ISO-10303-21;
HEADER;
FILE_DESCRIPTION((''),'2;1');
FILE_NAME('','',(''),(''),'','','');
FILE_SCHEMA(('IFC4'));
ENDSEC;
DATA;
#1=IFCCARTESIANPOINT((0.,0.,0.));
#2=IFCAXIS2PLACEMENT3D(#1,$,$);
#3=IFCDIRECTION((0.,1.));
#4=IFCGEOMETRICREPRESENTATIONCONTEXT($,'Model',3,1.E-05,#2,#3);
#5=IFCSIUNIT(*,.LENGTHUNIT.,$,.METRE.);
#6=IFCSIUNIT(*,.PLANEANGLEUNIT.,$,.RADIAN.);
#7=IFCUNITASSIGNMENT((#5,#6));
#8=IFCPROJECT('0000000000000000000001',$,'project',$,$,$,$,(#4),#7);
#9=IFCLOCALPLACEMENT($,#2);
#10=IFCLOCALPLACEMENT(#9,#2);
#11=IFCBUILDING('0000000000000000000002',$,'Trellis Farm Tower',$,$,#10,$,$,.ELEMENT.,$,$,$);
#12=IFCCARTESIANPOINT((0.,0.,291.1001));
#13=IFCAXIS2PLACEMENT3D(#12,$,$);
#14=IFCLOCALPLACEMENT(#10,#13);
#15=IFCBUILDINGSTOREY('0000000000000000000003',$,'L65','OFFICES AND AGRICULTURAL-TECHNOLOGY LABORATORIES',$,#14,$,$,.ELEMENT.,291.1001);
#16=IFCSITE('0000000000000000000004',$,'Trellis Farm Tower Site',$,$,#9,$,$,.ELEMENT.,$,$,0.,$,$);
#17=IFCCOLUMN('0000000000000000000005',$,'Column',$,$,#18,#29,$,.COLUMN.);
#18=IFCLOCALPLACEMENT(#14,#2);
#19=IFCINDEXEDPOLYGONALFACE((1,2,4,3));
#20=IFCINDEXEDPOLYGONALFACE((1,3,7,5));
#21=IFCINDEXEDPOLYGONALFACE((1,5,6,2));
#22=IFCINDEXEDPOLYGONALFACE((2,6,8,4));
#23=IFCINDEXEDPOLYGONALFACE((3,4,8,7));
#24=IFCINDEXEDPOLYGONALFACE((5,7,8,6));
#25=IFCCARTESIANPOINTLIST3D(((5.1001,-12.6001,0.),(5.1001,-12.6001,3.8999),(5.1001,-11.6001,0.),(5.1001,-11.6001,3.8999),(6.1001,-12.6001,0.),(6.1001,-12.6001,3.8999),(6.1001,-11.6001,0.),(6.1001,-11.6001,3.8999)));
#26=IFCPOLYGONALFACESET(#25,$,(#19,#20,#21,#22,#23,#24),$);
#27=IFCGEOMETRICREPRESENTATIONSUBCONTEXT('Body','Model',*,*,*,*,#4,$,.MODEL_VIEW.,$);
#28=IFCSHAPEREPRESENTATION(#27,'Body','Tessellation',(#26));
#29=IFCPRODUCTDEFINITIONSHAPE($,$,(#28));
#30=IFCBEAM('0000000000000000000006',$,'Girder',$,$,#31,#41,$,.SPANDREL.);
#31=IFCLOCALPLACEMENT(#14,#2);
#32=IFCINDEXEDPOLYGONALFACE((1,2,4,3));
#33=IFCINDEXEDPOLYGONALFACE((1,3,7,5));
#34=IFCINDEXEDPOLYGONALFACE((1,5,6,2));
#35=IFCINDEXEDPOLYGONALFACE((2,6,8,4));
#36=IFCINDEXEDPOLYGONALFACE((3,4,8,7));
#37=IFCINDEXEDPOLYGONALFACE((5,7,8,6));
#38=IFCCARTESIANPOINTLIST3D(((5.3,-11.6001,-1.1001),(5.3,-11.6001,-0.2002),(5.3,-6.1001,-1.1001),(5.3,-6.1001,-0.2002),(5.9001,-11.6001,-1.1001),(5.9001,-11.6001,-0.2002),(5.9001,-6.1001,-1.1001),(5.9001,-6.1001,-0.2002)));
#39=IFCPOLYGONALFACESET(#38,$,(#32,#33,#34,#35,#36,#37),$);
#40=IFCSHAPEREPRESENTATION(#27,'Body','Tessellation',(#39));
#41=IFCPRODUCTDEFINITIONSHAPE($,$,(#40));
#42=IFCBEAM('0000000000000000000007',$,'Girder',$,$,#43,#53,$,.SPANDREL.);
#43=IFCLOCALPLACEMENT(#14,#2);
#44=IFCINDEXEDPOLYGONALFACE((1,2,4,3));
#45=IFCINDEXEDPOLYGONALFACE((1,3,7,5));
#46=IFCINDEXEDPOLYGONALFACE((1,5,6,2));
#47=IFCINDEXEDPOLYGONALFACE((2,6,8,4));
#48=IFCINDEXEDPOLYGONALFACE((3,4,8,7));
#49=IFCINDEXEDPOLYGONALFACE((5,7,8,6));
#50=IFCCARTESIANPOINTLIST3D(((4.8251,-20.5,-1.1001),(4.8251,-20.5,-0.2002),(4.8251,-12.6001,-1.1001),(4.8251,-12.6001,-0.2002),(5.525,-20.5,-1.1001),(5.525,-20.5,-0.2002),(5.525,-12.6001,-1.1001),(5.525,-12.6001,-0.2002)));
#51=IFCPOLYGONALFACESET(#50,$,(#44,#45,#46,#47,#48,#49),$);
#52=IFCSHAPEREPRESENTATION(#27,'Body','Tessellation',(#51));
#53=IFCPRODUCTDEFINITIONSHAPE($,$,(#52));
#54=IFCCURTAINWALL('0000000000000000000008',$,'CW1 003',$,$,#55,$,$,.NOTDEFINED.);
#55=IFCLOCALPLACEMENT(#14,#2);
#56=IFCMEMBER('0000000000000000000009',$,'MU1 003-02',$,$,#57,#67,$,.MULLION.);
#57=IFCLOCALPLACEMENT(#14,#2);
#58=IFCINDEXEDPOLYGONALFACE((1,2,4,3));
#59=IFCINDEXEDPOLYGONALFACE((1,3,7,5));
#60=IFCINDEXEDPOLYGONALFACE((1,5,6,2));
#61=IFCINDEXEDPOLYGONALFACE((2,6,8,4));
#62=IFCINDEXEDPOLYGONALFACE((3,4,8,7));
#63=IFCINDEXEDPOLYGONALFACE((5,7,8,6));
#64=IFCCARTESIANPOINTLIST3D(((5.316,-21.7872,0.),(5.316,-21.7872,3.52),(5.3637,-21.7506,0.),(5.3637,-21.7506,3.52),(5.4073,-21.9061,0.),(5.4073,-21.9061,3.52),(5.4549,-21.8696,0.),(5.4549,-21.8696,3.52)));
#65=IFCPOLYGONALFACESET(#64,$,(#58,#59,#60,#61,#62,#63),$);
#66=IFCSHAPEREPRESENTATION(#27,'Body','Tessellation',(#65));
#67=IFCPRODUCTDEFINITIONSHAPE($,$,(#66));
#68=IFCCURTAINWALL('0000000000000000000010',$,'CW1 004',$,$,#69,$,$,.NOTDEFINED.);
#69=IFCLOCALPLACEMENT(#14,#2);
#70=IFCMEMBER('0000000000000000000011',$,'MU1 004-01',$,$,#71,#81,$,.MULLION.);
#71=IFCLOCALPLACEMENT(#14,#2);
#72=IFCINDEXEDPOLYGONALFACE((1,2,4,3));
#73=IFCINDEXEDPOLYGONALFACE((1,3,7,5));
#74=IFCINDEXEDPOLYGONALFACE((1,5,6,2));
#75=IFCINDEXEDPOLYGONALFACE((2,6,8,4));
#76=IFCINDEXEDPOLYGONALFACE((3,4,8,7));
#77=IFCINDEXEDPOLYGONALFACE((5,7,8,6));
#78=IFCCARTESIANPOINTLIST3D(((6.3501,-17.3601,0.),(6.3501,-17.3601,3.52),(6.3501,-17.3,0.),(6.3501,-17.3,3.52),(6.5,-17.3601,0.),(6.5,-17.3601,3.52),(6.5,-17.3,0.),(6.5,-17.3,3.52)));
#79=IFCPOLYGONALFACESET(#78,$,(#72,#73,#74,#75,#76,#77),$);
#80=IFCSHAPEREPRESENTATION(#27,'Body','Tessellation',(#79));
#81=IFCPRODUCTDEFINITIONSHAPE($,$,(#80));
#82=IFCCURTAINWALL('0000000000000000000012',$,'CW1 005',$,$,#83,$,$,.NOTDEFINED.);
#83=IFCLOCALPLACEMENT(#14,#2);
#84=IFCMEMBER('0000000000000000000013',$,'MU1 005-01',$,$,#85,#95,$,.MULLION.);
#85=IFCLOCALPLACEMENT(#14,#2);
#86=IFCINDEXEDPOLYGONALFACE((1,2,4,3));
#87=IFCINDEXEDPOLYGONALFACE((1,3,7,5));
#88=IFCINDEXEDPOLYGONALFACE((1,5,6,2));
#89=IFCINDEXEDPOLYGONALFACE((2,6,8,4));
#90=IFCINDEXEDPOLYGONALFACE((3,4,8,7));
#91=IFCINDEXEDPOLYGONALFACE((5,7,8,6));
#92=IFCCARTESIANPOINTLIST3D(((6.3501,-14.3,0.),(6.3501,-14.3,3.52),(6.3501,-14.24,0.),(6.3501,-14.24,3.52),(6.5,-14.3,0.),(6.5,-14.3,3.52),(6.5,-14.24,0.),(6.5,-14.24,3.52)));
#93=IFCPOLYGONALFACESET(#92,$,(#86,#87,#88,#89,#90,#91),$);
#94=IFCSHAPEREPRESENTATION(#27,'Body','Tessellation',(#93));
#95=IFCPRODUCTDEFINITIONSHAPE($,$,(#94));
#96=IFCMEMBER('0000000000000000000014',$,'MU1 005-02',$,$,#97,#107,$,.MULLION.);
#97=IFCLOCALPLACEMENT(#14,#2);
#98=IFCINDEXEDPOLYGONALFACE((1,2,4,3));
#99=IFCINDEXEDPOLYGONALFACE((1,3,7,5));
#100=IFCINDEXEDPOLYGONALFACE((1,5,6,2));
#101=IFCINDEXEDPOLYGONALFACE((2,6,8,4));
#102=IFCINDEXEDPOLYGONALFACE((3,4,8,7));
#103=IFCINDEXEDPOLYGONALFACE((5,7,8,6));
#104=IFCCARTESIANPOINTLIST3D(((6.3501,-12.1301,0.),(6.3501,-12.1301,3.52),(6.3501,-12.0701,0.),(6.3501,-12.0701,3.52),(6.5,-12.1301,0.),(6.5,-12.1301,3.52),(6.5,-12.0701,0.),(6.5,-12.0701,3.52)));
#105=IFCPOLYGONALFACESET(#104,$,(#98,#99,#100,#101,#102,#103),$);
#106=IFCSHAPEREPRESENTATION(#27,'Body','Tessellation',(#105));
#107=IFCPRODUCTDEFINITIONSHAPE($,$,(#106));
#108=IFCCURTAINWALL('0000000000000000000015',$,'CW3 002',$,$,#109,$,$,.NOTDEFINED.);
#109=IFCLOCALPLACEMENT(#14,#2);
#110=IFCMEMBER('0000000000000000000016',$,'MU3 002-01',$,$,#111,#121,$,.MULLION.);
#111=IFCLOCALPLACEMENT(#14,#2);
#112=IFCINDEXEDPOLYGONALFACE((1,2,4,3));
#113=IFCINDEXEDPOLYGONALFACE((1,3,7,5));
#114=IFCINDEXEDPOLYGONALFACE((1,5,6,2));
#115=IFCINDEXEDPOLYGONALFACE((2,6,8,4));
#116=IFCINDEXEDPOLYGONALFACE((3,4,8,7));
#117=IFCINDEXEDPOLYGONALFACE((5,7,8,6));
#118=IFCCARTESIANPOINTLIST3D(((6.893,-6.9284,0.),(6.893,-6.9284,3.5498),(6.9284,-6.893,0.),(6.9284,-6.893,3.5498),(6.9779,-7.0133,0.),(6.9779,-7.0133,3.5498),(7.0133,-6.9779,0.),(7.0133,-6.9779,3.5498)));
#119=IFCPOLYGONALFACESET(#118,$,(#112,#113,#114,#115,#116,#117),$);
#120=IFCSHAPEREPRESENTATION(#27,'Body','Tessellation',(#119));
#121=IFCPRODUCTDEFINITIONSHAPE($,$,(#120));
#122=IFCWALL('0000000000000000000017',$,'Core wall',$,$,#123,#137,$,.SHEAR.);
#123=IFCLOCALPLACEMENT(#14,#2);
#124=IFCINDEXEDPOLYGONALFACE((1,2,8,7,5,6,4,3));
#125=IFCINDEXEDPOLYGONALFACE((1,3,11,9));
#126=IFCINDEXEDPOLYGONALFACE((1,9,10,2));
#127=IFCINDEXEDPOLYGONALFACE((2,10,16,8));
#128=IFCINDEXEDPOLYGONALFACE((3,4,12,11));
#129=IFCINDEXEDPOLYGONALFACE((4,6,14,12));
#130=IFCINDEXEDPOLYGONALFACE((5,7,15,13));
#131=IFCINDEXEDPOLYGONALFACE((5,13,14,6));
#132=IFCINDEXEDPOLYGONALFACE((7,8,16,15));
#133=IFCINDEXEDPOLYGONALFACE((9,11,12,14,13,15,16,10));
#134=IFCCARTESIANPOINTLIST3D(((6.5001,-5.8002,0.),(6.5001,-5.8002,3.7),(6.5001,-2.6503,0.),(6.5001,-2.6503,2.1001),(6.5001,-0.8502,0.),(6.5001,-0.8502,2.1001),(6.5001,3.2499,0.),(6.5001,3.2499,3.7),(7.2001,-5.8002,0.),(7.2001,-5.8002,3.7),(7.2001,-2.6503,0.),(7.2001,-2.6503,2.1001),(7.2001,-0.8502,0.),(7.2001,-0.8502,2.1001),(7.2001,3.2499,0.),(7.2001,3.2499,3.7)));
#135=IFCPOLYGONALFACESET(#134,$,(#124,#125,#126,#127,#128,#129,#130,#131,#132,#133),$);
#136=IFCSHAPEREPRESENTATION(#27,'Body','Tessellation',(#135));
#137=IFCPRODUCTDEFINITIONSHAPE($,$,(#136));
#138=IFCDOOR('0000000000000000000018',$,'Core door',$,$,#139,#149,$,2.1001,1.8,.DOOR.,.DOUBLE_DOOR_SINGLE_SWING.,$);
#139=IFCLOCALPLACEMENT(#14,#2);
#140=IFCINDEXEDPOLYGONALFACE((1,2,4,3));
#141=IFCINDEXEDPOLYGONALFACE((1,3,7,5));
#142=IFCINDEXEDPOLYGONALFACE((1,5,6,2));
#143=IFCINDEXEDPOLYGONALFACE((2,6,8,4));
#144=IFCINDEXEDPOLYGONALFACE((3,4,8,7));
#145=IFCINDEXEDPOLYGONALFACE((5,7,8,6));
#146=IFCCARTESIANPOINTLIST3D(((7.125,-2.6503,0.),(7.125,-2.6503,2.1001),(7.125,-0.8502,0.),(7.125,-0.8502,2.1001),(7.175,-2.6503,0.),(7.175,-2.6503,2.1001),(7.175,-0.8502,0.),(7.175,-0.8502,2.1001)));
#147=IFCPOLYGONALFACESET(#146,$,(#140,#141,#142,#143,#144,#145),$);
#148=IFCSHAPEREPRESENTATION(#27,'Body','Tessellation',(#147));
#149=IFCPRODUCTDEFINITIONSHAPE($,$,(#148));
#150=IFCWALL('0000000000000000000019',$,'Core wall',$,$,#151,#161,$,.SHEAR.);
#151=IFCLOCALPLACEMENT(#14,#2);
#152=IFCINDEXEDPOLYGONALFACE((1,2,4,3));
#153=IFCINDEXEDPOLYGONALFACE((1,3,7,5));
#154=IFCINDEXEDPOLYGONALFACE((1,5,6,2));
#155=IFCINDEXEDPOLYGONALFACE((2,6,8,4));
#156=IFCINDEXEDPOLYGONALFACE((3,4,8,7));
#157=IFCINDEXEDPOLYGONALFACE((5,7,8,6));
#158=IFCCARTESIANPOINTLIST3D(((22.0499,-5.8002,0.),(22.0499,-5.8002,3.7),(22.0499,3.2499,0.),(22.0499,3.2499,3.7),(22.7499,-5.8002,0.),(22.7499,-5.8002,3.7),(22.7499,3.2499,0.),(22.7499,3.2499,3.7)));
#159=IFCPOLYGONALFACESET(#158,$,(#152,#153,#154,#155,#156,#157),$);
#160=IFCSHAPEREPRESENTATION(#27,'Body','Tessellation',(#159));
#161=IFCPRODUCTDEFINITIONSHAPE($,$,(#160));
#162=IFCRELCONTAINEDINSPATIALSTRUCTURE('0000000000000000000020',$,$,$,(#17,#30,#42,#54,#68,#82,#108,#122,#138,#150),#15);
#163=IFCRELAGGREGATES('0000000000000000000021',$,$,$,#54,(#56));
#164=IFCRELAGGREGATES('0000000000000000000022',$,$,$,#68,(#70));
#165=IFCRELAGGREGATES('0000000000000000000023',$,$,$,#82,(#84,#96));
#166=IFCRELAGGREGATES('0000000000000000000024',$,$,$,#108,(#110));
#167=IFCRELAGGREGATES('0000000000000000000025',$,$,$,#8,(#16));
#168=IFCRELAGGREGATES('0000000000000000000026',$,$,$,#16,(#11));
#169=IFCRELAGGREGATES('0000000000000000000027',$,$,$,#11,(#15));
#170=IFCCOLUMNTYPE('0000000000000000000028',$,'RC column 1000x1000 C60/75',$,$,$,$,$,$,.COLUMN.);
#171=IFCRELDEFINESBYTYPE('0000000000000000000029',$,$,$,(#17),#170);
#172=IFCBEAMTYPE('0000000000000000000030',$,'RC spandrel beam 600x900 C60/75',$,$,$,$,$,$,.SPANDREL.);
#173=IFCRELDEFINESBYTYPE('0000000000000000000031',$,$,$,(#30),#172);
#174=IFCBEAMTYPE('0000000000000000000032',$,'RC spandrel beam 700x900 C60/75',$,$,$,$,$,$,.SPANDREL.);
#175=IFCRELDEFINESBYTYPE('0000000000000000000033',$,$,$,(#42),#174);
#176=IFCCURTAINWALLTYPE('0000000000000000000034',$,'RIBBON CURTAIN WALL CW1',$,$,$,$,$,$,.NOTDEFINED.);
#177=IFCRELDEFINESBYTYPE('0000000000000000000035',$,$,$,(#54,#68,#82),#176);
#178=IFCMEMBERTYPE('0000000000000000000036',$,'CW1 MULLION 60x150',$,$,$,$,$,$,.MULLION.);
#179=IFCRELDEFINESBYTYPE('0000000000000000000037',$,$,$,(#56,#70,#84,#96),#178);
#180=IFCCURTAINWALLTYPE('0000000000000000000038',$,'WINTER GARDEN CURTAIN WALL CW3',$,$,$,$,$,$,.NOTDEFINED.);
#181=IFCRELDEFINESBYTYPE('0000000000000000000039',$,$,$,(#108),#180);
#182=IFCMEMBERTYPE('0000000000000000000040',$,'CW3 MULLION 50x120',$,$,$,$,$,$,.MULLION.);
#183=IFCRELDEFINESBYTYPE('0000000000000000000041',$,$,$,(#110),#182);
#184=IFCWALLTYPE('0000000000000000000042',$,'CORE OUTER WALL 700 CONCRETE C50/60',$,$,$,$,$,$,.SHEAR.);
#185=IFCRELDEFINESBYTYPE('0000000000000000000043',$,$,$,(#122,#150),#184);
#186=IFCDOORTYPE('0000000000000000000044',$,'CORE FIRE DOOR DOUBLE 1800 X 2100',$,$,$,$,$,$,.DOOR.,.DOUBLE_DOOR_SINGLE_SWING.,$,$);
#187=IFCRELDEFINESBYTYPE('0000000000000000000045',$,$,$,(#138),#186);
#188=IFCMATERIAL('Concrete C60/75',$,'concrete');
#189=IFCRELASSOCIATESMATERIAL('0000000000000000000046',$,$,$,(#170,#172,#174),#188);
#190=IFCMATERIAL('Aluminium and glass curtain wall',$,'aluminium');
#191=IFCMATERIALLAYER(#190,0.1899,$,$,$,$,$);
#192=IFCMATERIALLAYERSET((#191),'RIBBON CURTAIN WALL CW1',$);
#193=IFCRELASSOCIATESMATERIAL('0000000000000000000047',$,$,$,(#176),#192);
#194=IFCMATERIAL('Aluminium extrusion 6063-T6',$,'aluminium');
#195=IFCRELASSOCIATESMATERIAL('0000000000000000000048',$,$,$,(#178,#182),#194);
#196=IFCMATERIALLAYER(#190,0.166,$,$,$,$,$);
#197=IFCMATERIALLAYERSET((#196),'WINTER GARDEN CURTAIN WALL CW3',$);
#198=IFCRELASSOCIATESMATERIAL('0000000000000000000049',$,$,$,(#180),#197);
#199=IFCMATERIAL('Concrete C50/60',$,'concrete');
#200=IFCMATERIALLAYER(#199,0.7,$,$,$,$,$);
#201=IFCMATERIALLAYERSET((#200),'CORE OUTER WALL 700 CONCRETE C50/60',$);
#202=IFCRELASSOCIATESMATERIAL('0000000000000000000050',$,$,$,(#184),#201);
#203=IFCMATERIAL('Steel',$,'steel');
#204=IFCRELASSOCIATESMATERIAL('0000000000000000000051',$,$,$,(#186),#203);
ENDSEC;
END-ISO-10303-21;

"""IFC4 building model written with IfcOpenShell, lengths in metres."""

from ifc_helpers import new_model, si_unit, direction, frame, frame_2d, origin, origin_2d, place, context, subcontext, project, spatial, rectangle, extrude, source, transform, mapped, material, layer, layer_set, material_profile, profile_set, type_object, element, fill, aggregate, save


model = new_model("IFC4")

# Units and contexts
model_context = context("Model", 3, precision=1e-05, world=origin(), true_north=direction((0.0, 1.0)))
body_context = subcontext(model_context, "Body", "Model", "MODEL_VIEW")
ifc_project = project(units=[si_unit("LENGTHUNIT", "METRE"), si_unit("PLANEANGLEUNIT", "RADIAN")], contexts=[model_context])

# Site, building, storey
site_placement = place(None, origin())
site = spatial("IfcSite", under=ifc_project, at=site_placement, Name="Trellis Farm Tower Site", CompositionType="ELEMENT", RefElevation=0.0)
building_placement = place(site_placement, origin())
building = spatial("IfcBuilding", under=site, at=building_placement, Name="Trellis Farm Tower", CompositionType="ELEMENT")
storey_placement = place(building_placement, frame((0.0, 0.0, 291.1001)))
storey = spatial("IfcBuildingStorey", under=building, at=storey_placement, Name="L65", Description="OFFICES AND AGRICULTURAL-TECHNOLOGY LABORATORIES", CompositionType="ELEMENT", Elevation=291.1001)

# Column
ifc_material_1 = material(Name="Concrete C60/75", Category="concrete")
ifc_material_profile_1 = material_profile(ifc_material_1, rectangle(XDim=1.0, YDim=1.0, at=origin_2d()), Name="RC column 1000x1000 C60/75")
ifc_profile_set_1 = profile_set([ifc_material_profile_1], Name="Concrete C60/75")
column_type = type_object("IfcColumnType", Name="RC column 1000x1000 C60/75", PredefinedType="COLUMN", material=ifc_profile_set_1)
shared_shape_1 = source(origin(), body_context, "Body", "SweptSolid", [
    extrude(rectangle(XDim=1.0, YDim=1.0, at=origin_2d()), origin(), (0.0, 0.0, 1.0), 3.8999),
])
column_placement = place(storey_placement, frame((5.6001, -12.1001, 0.0), z_axis=(0.0, 0.0, 1.0), x_axis=(1.0, 0.0, 0.0)))
element("IfcColumn", 1, at=column_placement, inside=storey, type_object=column_type, Name="Column", PredefinedType="COLUMN", context=body_context, shape_type="MappedRepresentation", body=[
    mapped(shared_shape_1, transform((0.0, 0.0, 0.0))),
])

# Beams
ifc_material_profile_2 = material_profile(ifc_material_1, rectangle(XDim=0.6001, YDim=0.8999, at=origin_2d()), Name="RC spandrel beam 600x900 C60/75")
ifc_profile_set_2 = profile_set([ifc_material_profile_2], Name="Concrete C60/75")
beam_type_1 = type_object("IfcBeamType", Name="RC spandrel beam 600x900 C60/75", PredefinedType="SPANDREL", material=ifc_profile_set_2)
shared_shape_2 = source(origin(), body_context, "Body", "SweptSolid", [
    extrude(rectangle(XDim=0.6001, YDim=0.8999, at=origin_2d()), origin(), (0.0, 0.0, 1.0), 5.5),
])
beam_1_placement = place(storey_placement, frame((5.6001, -11.6001, -0.6501), z_axis=(0.0, 1.0, 0.0), x_axis=(-1.0, 0.0, 0.0)))
element("IfcBeam", 2, at=beam_1_placement, inside=storey, type_object=beam_type_1, Name="Girder", PredefinedType="SPANDREL", context=body_context, shape_type="MappedRepresentation", body=[
    mapped(shared_shape_2, transform((0.0, 0.0, 0.0))),
])
ifc_material_profile_3 = material_profile(ifc_material_1, rectangle(XDim=0.7, YDim=0.8999, at=origin_2d()), Name="RC spandrel beam 700x900 C60/75")
ifc_profile_set_3 = profile_set([ifc_material_profile_3], Name="Concrete C60/75")
beam_type_2 = type_object("IfcBeamType", Name="RC spandrel beam 700x900 C60/75", PredefinedType="SPANDREL", material=ifc_profile_set_3)
shared_shape_3 = source(origin(), body_context, "Body", "SweptSolid", [
    extrude(rectangle(XDim=0.7, YDim=0.8999, at=origin_2d()), origin(), (0.0, 0.0, 1.0), 7.8999),
])
beam_2_placement = place(storey_placement, frame((5.175, -20.5, -0.6501), z_axis=(0.0, 1.0, 0.0), x_axis=(-1.0, 0.0, 0.0)))
element("IfcBeam", 3, at=beam_2_placement, inside=storey, type_object=beam_type_2, Name="Girder", PredefinedType="SPANDREL", context=body_context, shape_type="MappedRepresentation", body=[
    mapped(shared_shape_3, transform((0.0, 0.0, 0.0))),
])

# Curtain walls, members
ifc_material_2 = material(Name="Aluminium and glass curtain wall", Category="aluminium")
ifc_layer_1 = layer(ifc_material_2, 0.1899)
ifc_layer_set_1 = layer_set([ifc_layer_1], Name="RIBBON CURTAIN WALL CW1")
curtain_wall_type_1 = type_object("IfcCurtainWallType", Name="RIBBON CURTAIN WALL CW1", PredefinedType="NOTDEFINED", material=ifc_layer_set_1)
placement = place(storey_placement, origin())
curtain_wall_1 = element("IfcCurtainWall", 4, at=placement, inside=storey, type_object=curtain_wall_type_1, Name="CW1 003", PredefinedType="NOTDEFINED")
ifc_material_3 = material(Name="Aluminium extrusion 6063-T6", Category="aluminium")
ifc_material_profile_4 = material_profile(ifc_material_3, rectangle(XDim=0.0601, YDim=0.1499, at=origin_2d()), Name="MULLION 60x150")
ifc_profile_set_4 = profile_set([ifc_material_profile_4], Name="Aluminium extrusion 6063-T6")
member_type_1 = type_object("IfcMemberType", Name="CW1 MULLION 60x150", PredefinedType="MULLION", material=ifc_profile_set_4)
shared_shape_4 = source(origin(), body_context, "Body", "SweptSolid", [
    extrude(rectangle(XDim=0.0601, YDim=0.1499, at=origin_2d()), origin(), (0.0, 0.0, 1.0), 3.52),
])
member_1_placement = place(storey_placement, frame((5.3855, -21.8284, 0.0), z_axis=(0.0, 0.0, 1.0), x_axis=(0.793353, 0.608761, 0.0)))
member_1 = element("IfcMember", 5, at=member_1_placement, type_object=member_type_1, Name="MU1 003-02", PredefinedType="MULLION", context=body_context, shape_type="MappedRepresentation", body=[
    mapped(shared_shape_4, transform((0.0, 0.0, 0.0))),
])
aggregate(curtain_wall_1, [member_1])
curtain_wall_2 = element("IfcCurtainWall", 6, at=placement, inside=storey, type_object=curtain_wall_type_1, Name="CW1 004", PredefinedType="NOTDEFINED")
member_2_placement = place(storey_placement, frame((6.425, -17.3301, 0.0), z_axis=(0.0, 0.0, 1.0), x_axis=(0.0, 1.0, 0.0)))
member_2 = element("IfcMember", 7, at=member_2_placement, type_object=member_type_1, Name="MU1 004-01", PredefinedType="MULLION", context=body_context, shape_type="MappedRepresentation", body=[
    mapped(shared_shape_4, transform((0.0, 0.0, 0.0))),
])
aggregate(curtain_wall_2, [member_2])

# Curtain wall, members
curtain_wall_3 = element("IfcCurtainWall", 8, at=placement, inside=storey, type_object=curtain_wall_type_1, Name="CW1 005", PredefinedType="NOTDEFINED")
member_3_placement = place(storey_placement, frame((6.425, -14.27, 0.0), z_axis=(0.0, 0.0, 1.0), x_axis=(0.0, 1.0, 0.0)))
member_3 = element("IfcMember", 9, at=member_3_placement, type_object=member_type_1, Name="MU1 005-01", PredefinedType="MULLION", context=body_context, shape_type="MappedRepresentation", body=[
    mapped(shared_shape_4, transform((0.0, 0.0, 0.0))),
])
member_4_placement = place(storey_placement, frame((6.425, -12.1001, 0.0), z_axis=(0.0, 0.0, 1.0), x_axis=(0.0, 1.0, 0.0)))
member_4 = element("IfcMember", 10, at=member_4_placement, type_object=member_type_1, Name="MU1 005-02", PredefinedType="MULLION", context=body_context, shape_type="MappedRepresentation", body=[
    mapped(shared_shape_4, transform((0.0, 0.0, 0.0))),
])
aggregate(curtain_wall_3, [member_3, member_4])

# Curtain wall, member
ifc_layer_2 = layer(ifc_material_2, 0.166)
ifc_layer_set_2 = layer_set([ifc_layer_2], Name="WINTER GARDEN CURTAIN WALL CW3")
curtain_wall_type_2 = type_object("IfcCurtainWallType", Name="WINTER GARDEN CURTAIN WALL CW3", PredefinedType="NOTDEFINED", material=ifc_layer_set_2)
curtain_wall_4 = element("IfcCurtainWall", 11, at=placement, inside=storey, type_object=curtain_wall_type_2, Name="CW3 002", PredefinedType="NOTDEFINED")
ifc_material_profile_5 = material_profile(ifc_material_3, rectangle(XDim=0.05, YDim=0.1201, at=origin_2d()), Name="MULLION 50x120")
ifc_profile_set_5 = profile_set([ifc_material_profile_5], Name="Aluminium extrusion 6063-T6")
member_type_2 = type_object("IfcMemberType", Name="CW3 MULLION 50x120", PredefinedType="MULLION", material=ifc_profile_set_5)
shared_shape_5 = source(origin(), body_context, "Body", "SweptSolid", [
    extrude(rectangle(XDim=0.05, YDim=0.1201, at=origin_2d()), origin(), (0.0, 0.0, 1.0), 3.5498),
])
member_5_placement = place(storey_placement, frame((6.9531, -6.9531, 0.0), z_axis=(0.0, 0.0, 1.0), x_axis=(0.707107, 0.707107, 0.0)))
member_5 = element("IfcMember", 12, at=member_5_placement, type_object=member_type_2, Name="MU3 002-01", PredefinedType="MULLION", context=body_context, shape_type="MappedRepresentation", body=[
    mapped(shared_shape_5, transform((0.0, 0.0, 0.0))),
])
aggregate(curtain_wall_4, [member_5])

# Wall, opening, door
ifc_material_4 = material(Name="Concrete C50/60", Category="concrete")
ifc_layer_3 = layer(ifc_material_4, 0.7)
ifc_layer_set_3 = layer_set([ifc_layer_3], Name="CORE OUTER WALL 700 CONCRETE C50/60")
wall_type_1 = type_object("IfcWallType", Name="CORE OUTER WALL 700 CONCRETE C50/60", PredefinedType="SHEAR", material=ifc_layer_set_3)
shared_shape_6 = source(origin(), body_context, "Body", "SweptSolid", [
    extrude(rectangle(XDim=9.05, YDim=0.7, at=frame_2d((4.5249, 0.0))), origin(), (0.0, 0.0, 1.0), 3.7),
])
wall_1_placement = place(storey_placement, frame((6.8501, -5.8, 0.0), z_axis=(0.0, 0.0, 1.0), x_axis=(0.0, 1.0, 0.0)))
wall_1 = element("IfcWall", 13, at=wall_1_placement, inside=storey, type_object=wall_type_1, Name="Core wall", PredefinedType="SHEAR", context=body_context, shape_type="MappedRepresentation", body=[
    mapped(shared_shape_6, transform((0.0, 0.0, 0.0))),
])
shared_shape_7 = source(origin(), body_context, "Body", "SweptSolid", [
    extrude(rectangle(XDim=1.8, YDim=2.1001, at=frame_2d((0.8999, 1.05))), frame((0.0, 0.3601, 0.0), z_axis=(0.0, -1.0, 0.0), x_axis=(1.0, 0.0, 0.0)), (0.0, 0.0, 1.0), 0.7202),
])
opening_1_placement = place(wall_1_placement, frame((3.1499, 0.0, 0.0)))
opening_1 = element("IfcOpeningElement", 14, at=opening_1_placement, cuts=wall_1, PredefinedType="OPENING", context=body_context, shape_type="MappedRepresentation", body=[
    mapped(shared_shape_7, transform((0.0, 0.0, 0.0))),
])
ifc_material_5 = material(Name="Steel", Category="steel")
door_type_1 = type_object("IfcDoorType", Name="CORE FIRE DOOR DOUBLE 1800 X 2100", OperationType="DOUBLE_DOOR_SINGLE_SWING", PredefinedType="DOOR", material=ifc_material_5)
shared_shape_8 = source(origin(), body_context, "Body", "SweptSolid", [
    extrude(rectangle(XDim=1.8, YDim=2.1001, at=frame_2d((0.8999, 1.05))), frame((0.0, -0.2749, 0.0), z_axis=(0.0, -1.0, 0.0), x_axis=(1.0, 0.0, 0.0)), (0.0, 0.0, 1.0), 0.05),
])
door_1_placement = place(opening_1_placement, origin())
door_1 = element("IfcDoor", 15, at=door_1_placement, inside=storey, type_object=door_type_1, Name="Core door", OperationType="DOUBLE_DOOR_SINGLE_SWING", OverallHeight=2.1001, OverallWidth=1.8, PredefinedType="DOOR", context=body_context, shape_type="MappedRepresentation", body=[
    mapped(shared_shape_8, transform((0.0, 0.0, 0.0))),
])
fill(opening_1, door_1)

# Wall
wall_2_placement = place(storey_placement, frame((22.3999, -5.8, 0.0), z_axis=(0.0, 0.0, 1.0), x_axis=(0.0, 1.0, 0.0)))
element("IfcWall", 16, at=wall_2_placement, inside=storey, type_object=wall_type_1, Name="Core wall", PredefinedType="SHEAR", context=body_context, shape_type="MappedRepresentation", body=[
    mapped(shared_shape_6, transform((0.0, 0.0, 0.0))),
])

save(model, "model.ifc")
